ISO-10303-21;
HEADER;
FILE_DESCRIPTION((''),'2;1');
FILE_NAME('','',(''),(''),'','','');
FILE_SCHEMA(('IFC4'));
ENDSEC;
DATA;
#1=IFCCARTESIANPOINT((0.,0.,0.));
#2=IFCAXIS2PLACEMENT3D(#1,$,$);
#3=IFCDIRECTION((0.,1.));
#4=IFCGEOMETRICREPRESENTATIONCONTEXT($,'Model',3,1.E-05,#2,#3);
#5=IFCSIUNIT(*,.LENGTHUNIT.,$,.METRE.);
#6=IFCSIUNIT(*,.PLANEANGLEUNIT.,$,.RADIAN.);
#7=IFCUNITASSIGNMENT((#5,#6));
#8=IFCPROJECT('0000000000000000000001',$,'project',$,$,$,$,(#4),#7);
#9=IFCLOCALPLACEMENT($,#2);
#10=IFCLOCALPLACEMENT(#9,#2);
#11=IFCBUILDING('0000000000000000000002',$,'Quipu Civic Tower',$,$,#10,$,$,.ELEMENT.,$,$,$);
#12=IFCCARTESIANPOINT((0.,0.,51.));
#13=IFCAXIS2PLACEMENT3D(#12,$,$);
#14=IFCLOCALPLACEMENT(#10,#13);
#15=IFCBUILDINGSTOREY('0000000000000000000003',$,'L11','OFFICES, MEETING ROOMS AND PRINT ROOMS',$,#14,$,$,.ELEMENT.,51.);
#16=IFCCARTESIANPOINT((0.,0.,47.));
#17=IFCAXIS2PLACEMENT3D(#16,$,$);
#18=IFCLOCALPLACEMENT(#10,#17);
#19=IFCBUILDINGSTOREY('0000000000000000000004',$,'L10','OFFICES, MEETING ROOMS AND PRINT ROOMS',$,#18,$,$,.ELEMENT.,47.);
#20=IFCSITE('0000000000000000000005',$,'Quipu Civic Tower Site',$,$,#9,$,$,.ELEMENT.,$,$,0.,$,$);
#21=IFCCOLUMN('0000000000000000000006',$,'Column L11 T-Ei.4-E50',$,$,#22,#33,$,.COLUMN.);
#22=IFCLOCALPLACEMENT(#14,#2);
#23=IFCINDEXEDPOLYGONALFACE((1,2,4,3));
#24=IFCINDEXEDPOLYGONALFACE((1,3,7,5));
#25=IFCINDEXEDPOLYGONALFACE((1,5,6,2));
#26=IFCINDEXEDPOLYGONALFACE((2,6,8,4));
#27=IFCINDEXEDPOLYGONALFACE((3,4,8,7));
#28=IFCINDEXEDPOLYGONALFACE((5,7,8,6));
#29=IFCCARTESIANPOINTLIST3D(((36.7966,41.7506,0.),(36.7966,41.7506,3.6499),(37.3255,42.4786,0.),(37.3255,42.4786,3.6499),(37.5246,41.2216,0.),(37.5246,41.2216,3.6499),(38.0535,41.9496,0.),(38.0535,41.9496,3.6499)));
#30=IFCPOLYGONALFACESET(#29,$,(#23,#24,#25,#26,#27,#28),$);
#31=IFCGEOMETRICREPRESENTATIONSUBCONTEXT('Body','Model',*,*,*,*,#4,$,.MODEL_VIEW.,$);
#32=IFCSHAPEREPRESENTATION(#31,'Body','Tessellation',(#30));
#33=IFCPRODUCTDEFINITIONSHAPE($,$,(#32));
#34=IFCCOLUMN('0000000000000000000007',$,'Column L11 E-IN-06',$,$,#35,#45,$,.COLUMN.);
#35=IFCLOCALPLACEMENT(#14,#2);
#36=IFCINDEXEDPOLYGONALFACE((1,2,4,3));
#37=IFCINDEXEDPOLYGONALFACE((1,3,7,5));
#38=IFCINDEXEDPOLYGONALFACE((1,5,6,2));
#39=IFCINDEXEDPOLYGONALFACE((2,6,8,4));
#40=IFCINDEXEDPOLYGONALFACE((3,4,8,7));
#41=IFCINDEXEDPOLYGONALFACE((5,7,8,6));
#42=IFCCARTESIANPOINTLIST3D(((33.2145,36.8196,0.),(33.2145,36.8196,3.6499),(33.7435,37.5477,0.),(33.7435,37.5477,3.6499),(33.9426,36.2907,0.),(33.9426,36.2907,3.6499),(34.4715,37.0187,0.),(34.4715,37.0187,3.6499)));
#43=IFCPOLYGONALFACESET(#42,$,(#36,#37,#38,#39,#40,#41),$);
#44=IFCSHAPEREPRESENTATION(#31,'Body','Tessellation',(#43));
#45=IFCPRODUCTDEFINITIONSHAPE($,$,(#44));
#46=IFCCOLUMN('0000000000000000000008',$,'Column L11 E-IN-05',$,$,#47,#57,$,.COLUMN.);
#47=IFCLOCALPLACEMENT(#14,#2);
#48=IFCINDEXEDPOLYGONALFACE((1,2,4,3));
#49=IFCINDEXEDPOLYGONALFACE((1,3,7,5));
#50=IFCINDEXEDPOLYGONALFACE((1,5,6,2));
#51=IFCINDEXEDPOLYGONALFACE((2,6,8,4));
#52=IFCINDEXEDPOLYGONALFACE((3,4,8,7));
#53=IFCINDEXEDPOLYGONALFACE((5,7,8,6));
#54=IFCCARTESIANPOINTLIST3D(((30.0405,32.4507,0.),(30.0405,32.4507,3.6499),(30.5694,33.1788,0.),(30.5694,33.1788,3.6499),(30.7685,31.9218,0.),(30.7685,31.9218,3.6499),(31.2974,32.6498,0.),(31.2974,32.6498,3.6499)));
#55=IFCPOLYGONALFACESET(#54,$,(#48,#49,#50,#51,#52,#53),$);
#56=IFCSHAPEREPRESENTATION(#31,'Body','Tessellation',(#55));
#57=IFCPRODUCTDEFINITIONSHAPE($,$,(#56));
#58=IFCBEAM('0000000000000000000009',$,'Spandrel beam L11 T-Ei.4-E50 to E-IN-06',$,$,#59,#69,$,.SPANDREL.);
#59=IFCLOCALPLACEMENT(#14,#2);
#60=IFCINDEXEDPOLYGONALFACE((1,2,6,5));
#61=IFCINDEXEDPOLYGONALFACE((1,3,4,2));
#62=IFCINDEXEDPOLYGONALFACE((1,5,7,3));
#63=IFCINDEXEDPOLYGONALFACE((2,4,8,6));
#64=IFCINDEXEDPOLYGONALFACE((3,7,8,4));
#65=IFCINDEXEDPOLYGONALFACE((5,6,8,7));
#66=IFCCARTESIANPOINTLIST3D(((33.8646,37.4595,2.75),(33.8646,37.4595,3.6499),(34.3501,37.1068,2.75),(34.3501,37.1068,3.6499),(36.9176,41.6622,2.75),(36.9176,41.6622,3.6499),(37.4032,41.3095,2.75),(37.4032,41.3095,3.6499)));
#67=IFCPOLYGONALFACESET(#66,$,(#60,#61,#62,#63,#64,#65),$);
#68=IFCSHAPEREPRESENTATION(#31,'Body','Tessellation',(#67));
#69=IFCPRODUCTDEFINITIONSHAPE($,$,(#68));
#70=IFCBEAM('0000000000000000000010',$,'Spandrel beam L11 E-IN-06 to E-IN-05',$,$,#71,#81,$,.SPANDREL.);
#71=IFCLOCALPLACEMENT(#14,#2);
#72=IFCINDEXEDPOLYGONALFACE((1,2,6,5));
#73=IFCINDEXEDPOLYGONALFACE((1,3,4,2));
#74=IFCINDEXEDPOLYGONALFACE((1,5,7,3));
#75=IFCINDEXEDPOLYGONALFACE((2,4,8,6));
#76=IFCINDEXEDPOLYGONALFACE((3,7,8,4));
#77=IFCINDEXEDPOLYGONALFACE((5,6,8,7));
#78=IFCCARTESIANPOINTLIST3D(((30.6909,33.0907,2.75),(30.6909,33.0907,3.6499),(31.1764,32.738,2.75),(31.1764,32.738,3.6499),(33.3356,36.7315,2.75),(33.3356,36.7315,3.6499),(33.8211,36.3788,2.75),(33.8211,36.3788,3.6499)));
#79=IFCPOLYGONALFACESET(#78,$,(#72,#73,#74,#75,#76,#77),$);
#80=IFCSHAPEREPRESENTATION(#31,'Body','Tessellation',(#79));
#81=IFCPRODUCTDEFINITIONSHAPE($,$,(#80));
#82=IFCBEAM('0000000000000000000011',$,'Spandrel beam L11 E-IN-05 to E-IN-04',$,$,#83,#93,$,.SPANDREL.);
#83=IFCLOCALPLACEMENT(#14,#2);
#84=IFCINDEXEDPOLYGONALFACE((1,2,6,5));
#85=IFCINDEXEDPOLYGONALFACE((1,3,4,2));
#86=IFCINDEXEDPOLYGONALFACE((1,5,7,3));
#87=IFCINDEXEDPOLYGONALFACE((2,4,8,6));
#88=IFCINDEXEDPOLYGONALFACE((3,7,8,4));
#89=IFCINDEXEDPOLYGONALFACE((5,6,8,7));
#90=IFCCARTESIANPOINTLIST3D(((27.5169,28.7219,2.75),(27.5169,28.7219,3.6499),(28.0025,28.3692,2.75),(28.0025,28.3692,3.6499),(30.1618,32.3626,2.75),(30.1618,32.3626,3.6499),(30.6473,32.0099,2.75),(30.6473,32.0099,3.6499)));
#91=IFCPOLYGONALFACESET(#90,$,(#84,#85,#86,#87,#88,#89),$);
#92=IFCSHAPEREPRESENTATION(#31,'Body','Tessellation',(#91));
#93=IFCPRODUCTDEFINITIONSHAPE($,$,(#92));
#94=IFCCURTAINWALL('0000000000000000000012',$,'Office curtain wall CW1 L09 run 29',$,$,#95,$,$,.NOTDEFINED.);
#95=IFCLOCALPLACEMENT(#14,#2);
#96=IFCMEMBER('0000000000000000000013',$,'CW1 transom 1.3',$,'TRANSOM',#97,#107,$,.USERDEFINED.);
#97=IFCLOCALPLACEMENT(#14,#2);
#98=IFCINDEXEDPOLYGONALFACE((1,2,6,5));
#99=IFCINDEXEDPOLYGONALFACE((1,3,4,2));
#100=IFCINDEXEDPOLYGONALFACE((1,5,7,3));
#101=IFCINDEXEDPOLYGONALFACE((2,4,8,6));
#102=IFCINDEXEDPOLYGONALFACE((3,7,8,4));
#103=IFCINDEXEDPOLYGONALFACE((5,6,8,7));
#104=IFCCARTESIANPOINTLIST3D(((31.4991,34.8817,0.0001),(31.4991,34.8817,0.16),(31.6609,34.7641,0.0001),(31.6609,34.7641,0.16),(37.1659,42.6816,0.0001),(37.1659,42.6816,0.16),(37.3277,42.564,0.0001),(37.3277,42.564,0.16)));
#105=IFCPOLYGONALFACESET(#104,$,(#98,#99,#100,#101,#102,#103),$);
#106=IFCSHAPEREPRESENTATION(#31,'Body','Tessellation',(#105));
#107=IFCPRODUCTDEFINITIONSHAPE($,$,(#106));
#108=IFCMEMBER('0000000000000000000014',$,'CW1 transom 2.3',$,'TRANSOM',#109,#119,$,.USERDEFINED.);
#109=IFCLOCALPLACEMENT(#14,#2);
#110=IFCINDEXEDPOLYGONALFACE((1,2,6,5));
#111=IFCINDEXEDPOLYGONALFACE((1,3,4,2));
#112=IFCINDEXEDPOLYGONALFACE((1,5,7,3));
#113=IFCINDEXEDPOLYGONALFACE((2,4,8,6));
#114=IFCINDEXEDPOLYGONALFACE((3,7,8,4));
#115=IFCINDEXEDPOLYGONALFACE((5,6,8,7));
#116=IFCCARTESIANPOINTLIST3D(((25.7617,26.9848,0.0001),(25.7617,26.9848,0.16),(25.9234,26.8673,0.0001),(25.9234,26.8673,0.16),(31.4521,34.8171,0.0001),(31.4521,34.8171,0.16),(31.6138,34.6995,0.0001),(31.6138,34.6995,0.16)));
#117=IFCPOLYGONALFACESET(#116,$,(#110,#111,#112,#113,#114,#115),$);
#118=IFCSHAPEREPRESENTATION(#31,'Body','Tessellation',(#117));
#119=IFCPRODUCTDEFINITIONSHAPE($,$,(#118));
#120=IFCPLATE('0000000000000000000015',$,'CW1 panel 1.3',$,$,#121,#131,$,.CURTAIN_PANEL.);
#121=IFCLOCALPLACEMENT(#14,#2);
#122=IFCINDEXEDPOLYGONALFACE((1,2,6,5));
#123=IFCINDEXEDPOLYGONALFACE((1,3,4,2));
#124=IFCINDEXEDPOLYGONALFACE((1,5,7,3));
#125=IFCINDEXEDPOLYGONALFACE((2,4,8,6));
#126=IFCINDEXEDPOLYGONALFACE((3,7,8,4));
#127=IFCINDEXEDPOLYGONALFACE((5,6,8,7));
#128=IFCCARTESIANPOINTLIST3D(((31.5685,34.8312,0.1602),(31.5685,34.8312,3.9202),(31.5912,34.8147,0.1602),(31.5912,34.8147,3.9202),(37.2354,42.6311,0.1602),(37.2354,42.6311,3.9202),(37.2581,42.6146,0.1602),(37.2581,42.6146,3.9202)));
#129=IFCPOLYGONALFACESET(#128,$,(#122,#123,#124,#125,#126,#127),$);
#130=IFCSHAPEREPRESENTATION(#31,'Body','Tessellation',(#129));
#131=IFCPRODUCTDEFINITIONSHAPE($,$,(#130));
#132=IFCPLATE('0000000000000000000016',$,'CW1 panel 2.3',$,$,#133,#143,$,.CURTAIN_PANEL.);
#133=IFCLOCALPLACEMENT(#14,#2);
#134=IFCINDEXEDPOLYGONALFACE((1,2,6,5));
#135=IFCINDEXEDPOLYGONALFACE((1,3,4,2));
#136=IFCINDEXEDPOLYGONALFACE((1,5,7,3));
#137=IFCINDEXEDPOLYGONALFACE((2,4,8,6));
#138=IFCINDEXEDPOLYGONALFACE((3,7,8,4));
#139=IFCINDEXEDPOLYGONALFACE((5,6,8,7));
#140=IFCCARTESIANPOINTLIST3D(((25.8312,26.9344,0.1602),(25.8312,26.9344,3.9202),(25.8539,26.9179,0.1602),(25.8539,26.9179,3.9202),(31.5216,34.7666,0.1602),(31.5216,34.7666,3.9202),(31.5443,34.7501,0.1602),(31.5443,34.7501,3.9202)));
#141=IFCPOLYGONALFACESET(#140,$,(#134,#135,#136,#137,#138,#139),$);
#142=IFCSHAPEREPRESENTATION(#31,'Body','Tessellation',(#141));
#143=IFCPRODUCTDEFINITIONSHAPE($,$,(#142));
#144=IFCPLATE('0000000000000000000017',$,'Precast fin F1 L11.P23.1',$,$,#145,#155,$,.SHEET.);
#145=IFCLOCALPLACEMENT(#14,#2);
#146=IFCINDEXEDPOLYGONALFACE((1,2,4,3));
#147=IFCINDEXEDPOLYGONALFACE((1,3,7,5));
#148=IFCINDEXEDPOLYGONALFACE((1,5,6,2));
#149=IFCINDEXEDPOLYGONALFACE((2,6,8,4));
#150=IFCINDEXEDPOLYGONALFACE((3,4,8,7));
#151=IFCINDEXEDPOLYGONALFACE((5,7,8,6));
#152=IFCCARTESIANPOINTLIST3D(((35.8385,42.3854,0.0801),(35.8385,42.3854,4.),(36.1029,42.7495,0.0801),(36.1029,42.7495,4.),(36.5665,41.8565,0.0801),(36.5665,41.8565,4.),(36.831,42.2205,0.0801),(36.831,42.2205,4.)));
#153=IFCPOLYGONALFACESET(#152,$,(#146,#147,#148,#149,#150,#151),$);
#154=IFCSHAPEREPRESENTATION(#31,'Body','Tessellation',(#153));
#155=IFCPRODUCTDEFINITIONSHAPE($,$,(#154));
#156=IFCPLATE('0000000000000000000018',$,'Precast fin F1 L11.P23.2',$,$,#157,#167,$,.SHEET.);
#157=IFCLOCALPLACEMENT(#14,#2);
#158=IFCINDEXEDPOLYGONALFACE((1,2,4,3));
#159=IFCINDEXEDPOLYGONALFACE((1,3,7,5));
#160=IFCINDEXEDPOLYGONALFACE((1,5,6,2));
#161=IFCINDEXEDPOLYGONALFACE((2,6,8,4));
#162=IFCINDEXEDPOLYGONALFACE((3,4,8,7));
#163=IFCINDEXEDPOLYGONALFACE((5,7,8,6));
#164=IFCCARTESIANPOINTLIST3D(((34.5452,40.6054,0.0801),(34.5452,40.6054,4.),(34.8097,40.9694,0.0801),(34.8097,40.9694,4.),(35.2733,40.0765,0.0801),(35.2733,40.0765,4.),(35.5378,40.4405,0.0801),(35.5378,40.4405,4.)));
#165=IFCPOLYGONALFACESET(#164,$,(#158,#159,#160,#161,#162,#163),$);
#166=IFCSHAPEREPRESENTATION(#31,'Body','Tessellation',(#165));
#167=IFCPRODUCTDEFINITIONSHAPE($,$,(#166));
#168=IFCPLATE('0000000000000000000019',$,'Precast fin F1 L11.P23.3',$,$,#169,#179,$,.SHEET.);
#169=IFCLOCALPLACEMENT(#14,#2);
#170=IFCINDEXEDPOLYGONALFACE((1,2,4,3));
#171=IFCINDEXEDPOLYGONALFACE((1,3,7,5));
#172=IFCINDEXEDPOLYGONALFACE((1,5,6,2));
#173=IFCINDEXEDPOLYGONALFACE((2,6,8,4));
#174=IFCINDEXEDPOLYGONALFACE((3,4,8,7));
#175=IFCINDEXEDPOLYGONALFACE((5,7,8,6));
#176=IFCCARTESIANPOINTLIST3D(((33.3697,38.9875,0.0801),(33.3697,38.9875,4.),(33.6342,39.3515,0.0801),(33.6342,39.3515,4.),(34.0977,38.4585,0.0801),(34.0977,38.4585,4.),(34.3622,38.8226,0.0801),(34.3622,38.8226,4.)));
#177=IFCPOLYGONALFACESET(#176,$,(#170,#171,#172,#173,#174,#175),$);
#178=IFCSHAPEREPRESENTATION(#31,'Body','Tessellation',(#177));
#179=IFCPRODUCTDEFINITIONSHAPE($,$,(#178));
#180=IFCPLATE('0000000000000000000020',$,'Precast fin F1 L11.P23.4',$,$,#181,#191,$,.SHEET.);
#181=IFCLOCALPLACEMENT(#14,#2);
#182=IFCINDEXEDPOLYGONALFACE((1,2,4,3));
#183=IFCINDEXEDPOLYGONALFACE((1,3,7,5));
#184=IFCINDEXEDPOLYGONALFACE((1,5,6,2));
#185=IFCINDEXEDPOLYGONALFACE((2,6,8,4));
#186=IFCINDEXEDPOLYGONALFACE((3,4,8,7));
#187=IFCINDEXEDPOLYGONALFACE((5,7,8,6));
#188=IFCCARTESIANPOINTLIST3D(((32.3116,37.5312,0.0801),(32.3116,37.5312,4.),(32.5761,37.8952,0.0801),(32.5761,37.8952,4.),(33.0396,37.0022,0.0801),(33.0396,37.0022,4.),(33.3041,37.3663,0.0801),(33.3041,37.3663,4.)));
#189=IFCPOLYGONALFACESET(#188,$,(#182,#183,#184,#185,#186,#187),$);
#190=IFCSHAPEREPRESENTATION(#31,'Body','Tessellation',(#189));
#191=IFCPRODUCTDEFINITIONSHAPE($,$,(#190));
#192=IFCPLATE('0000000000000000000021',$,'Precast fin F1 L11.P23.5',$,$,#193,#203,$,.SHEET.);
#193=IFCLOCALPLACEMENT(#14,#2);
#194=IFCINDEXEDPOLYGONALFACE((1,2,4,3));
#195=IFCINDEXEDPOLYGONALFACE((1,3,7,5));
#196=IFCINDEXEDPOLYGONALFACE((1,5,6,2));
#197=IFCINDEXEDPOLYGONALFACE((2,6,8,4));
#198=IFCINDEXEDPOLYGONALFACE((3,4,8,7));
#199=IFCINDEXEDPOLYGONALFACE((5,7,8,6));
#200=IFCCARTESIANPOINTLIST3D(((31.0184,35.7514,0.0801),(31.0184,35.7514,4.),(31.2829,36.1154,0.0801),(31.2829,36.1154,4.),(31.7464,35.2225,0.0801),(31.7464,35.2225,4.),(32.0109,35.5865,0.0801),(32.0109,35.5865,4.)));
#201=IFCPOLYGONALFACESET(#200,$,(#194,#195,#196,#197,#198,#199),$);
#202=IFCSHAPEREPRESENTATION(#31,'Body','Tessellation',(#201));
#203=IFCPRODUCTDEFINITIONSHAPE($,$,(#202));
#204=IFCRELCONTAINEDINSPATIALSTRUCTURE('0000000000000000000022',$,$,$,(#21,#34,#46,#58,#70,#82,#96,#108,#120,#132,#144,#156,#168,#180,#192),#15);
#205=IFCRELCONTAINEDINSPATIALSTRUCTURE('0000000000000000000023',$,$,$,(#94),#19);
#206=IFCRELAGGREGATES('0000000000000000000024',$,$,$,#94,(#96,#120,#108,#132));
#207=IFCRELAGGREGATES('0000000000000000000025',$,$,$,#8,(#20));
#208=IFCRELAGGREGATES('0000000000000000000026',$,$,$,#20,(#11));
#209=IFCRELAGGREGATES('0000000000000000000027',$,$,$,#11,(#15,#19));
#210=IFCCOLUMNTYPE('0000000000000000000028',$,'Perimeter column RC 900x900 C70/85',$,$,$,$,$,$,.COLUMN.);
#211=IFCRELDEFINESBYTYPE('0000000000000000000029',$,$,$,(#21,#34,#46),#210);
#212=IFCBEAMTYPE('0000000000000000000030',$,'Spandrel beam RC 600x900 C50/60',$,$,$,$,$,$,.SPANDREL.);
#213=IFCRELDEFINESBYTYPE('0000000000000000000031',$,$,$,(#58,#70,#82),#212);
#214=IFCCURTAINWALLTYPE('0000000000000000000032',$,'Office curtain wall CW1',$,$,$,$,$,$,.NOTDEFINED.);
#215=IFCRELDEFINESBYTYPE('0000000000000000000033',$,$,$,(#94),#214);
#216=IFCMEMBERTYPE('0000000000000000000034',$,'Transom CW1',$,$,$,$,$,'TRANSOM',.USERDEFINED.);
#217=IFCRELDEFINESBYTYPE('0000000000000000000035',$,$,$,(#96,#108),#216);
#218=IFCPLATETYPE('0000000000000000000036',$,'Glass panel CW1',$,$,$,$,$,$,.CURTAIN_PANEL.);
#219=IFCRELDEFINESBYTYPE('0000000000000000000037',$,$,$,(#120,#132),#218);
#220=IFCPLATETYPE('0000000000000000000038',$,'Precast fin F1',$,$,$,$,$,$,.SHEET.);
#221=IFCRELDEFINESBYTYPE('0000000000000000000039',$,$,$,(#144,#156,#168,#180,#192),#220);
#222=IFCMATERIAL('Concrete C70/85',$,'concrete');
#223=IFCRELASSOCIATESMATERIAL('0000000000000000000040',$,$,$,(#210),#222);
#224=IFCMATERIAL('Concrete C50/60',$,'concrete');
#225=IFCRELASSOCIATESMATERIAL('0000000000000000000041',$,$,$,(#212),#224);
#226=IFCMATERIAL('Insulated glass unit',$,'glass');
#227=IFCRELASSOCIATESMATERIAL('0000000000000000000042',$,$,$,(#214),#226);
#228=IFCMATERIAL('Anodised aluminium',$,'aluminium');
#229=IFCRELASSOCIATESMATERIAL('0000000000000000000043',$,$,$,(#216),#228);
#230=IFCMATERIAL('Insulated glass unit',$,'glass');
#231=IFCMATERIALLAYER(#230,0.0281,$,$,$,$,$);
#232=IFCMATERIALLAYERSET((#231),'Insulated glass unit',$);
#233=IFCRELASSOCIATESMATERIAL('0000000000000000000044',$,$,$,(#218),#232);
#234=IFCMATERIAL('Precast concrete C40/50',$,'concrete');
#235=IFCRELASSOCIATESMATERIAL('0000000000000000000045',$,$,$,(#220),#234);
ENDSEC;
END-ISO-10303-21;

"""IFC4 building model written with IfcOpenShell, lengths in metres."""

from ifc_helpers import new_model, si_unit, direction, frame, origin, origin_2d, place, context, subcontext, project, spatial, rectangle, extrude, material, layer, layer_set, material_profile, profile_set, type_object, element, aggregate, save


model = new_model("IFC4")

# Units and contexts
model_context = context("Model", 3, precision=1e-05, world=origin(), true_north=direction((0.0, 1.0)))
body_context = subcontext(model_context, "Body", "Model", "MODEL_VIEW")
ifc_project = project(units=[si_unit("LENGTHUNIT", "METRE"), si_unit("PLANEANGLEUNIT", "RADIAN")], contexts=[model_context])

# Site, building, storey
site_placement = place(None, origin())
site = spatial("IfcSite", under=ifc_project, at=site_placement, Name="Quipu Civic Tower Site", CompositionType="ELEMENT", RefElevation=0.0)
building_placement = place(site_placement, origin())
building = spatial("IfcBuilding", under=site, at=building_placement, Name="Quipu Civic Tower", CompositionType="ELEMENT")
storey_1_placement = place(building_placement, frame((0.0, 0.0, 51.0)))
storey_1 = spatial("IfcBuildingStorey", under=building, at=storey_1_placement, Name="L11", Description="OFFICES, MEETING ROOMS AND PRINT ROOMS", CompositionType="ELEMENT", Elevation=51.0)

# Columns
ifc_material_1 = material(Name="Concrete C70/85", Category="concrete")
ifc_material_profile_1 = material_profile(ifc_material_1, rectangle(XDim=0.8999, YDim=0.8999, at=origin_2d()), Name="RC900x900")
ifc_profile_set_1 = profile_set([ifc_material_profile_1], Name="Concrete C70/85")
column_type = type_object("IfcColumnType", Name="Perimeter column RC 900x900 C70/85", PredefinedType="COLUMN", material=ifc_profile_set_1)
for number, where, z_axis, x_axis, name in (
    (1, (37.425, 41.8501, 0.0), (0.0, 0.0, 1.0), (-0.587785, -0.809017, 0.0), "Column L11 T-Ei.4-E50"),
    (2, (33.843, 36.9192, 0.0), (0.0, 0.0, 1.0), (-0.587785, -0.809017, 0.0), "Column L11 E-IN-06"),
    (3, (30.6689, 32.5503, 0.0), (0.0, 0.0, 1.0), (-0.587785, -0.809017, 0.0), "Column L11 E-IN-05"),
):
    element("IfcColumn", number, at=place(storey_1_placement, frame(where, z_axis=z_axis, x_axis=x_axis)), inside=storey_1, type_object=column_type, Name=name, PredefinedType="COLUMN", context=body_context, shape_type="SweptSolid", body=[
        extrude(rectangle(XDim=0.8999, YDim=0.8999, at=origin_2d()), origin(), (0.0, 0.0, 1.0), 3.6499),
    ])

# Beams
ifc_material_2 = material(Name="Concrete C50/60", Category="concrete")
ifc_material_profile_2 = material_profile(ifc_material_2, rectangle(XDim=0.6001, YDim=0.8999, at=origin_2d()), Name="RC600x900")
ifc_profile_set_2 = profile_set([ifc_material_profile_2], Name="Concrete C50/60")
beam_type = type_object("IfcBeamType", Name="Spandrel beam RC 600x900 C50/60", PredefinedType="SPANDREL", material=ifc_profile_set_2)
beam_placement = place(storey_1_placement, frame((37.1604, 41.4858, 3.2), z_axis=(-0.587733, -0.809055, 0.0), x_axis=(0.809055, -0.587733, 0.0)))
element("IfcBeam", 4, at=beam_placement, inside=storey_1, type_object=beam_type, Name="Spandrel beam L11 T-Ei.4-E50 to E-IN-06", PredefinedType="SPANDREL", context=body_context, shape_type="SweptSolid", body=[
    extrude(rectangle(XDim=0.6001, YDim=0.8999, at=origin_2d()), origin(), (0.0, 0.0, 1.0), 5.1946),
])
for number, where, z_axis, x_axis, name in (
    (5, (33.5784, 36.5552, 3.2), (-0.587717, -0.809067, 0.0), (0.809067, -0.587717, 0.0), "Spandrel beam L11 E-IN-06 to E-IN-05"),
    (6, (30.4045, 32.1863, 3.2), (-0.587743, -0.809048, 0.0), (0.809048, -0.587743, 0.0), "Spandrel beam L11 E-IN-05 to E-IN-04"),
):
    element("IfcBeam", number, at=place(storey_1_placement, frame(where, z_axis=z_axis, x_axis=x_axis)), inside=storey_1, type_object=beam_type, Name=name, PredefinedType="SPANDREL", context=body_context, shape_type="SweptSolid", body=[
        extrude(rectangle(XDim=0.6001, YDim=0.8999, at=origin_2d()), origin(), (0.0, 0.0, 1.0), 4.5),
    ])

# Shared definitions
storey_2_placement = place(building_placement, frame((0.0, 0.0, 47.0)))
storey_2 = spatial("IfcBuildingStorey", under=building, at=storey_2_placement, Name="L10", Description="OFFICES, MEETING ROOMS AND PRINT ROOMS", CompositionType="ELEMENT", Elevation=47.0)

# Curtain wall, members, plates
ifc_material_3 = material(Name="Insulated glass unit", Category="glass")
curtain_wall_type = type_object("IfcCurtainWallType", Name="Office curtain wall CW1", PredefinedType="NOTDEFINED", material=ifc_material_3)
curtain_wall_placement = place(storey_2_placement, origin())
curtain_wall = element("IfcCurtainWall", 7, at=curtain_wall_placement, inside=storey_2, type_object=curtain_wall_type, Name="Office curtain wall CW1 L09 run 29", PredefinedType="NOTDEFINED")
ifc_material_4 = material(Name="Anodised aluminium", Category="aluminium")
ifc_material_profile_3 = material_profile(ifc_material_4, rectangle(XDim=0.2, YDim=0.1599, at=origin_2d()), Name="RECT 200x160")
ifc_profile_set_3 = profile_set([ifc_material_profile_3], Name="Anodised aluminium")
member_type = type_object("IfcMemberType", Name="Transom CW1", ElementType="TRANSOM", PredefinedType="USERDEFINED", material=ifc_profile_set_3)
member_1_placement = place(storey_1_placement, frame((37.2468, 42.6228, 0.0801), z_axis=(-0.587776, -0.809024, 0.0), x_axis=(0.809024, -0.587776, 0.0)))
member_1 = element("IfcMember", 8, at=member_1_placement, inside=storey_1, type_object=member_type, Name="CW1 transom 1.3", ObjectType="TRANSOM", PredefinedType="USERDEFINED", context=body_context, shape_type="SweptSolid", body=[
    extrude(rectangle(XDim=0.2, YDim=0.1599, at=origin_2d()), origin(), (0.0, 0.0, 1.0), 9.6411),
])
member_2_placement = place(storey_1_placement, frame((31.533, 34.7583, 0.0801), z_axis=(-0.587782, -0.80902, 0.0), x_axis=(0.80902, -0.587782, 0.0)))
member_2 = element("IfcMember", 9, at=member_2_placement, inside=storey_1, type_object=member_type, Name="CW1 transom 2.3", ObjectType="TRANSOM", PredefinedType="USERDEFINED", context=body_context, shape_type="SweptSolid", body=[
    extrude(rectangle(XDim=0.2, YDim=0.1599, at=origin_2d()), origin(), (0.0, 0.0, 1.0), 9.6812),
])
ifc_material_5 = material(Name="Insulated glass unit", Category="glass")
ifc_layer_1 = layer(ifc_material_5, 0.0281)
ifc_layer_set_1 = layer_set([ifc_layer_1], Name="Insulated glass unit")
plate_type_1 = type_object("IfcPlateType", Name="Glass panel CW1", PredefinedType="CURTAIN_PANEL", material=ifc_layer_set_1)
plate_1_placement = place(storey_1_placement, frame((34.4133, 38.7229, 0.1602), z_axis=(0.0, 0.0, 1.0), x_axis=(-0.587786, -0.809017, 0.0)))
plate_1 = element("IfcPlate", 10, at=plate_1_placement, inside=storey_1, type_object=plate_type_1, Name="CW1 panel 1.3", PredefinedType="CURTAIN_PANEL", context=body_context, shape_type="SweptSolid", body=[
    extrude(rectangle(XDim=9.6411, YDim=0.0281, at=origin_2d()), origin(), (0.0, 0.0, 1.0), 3.76),
])
plate_2_placement = place(storey_1_placement, frame((28.6877, 30.8423, 0.1602), z_axis=(0.0, 0.0, 1.0), x_axis=(-0.587786, -0.809017, 0.0)))
plate_2 = element("IfcPlate", 11, at=plate_2_placement, inside=storey_1, type_object=plate_type_1, Name="CW1 panel 2.3", PredefinedType="CURTAIN_PANEL", context=body_context, shape_type="SweptSolid", body=[
    extrude(rectangle(XDim=9.6812, YDim=0.0281, at=origin_2d()), origin(), (0.0, 0.0, 1.0), 3.76),
])
aggregate(curtain_wall, [member_1, plate_1, member_2, plate_2])

# Plates
ifc_material_6 = material(Name="Precast concrete C40/50", Category="concrete")
plate_type_2 = type_object("IfcPlateType", Name="Precast fin F1", PredefinedType="SHEET", material=ifc_material_6)
for number, where, z_axis, x_axis, name in (
    (12, (36.3347, 42.303, 0.0801), (0.0, 0.0, 1.0), (-0.587785, -0.809017, 0.0), "Precast fin F1 L11.P23.1"),
    (13, (35.0415, 40.5229, 0.0801), (0.0, 0.0, 1.0), (-0.587785, -0.809017, 0.0), "Precast fin F1 L11.P23.2"),
    (14, (33.866, 38.905, 0.0801), (0.0, 0.0, 1.0), (-0.587785, -0.809017, 0.0), "Precast fin F1 L11.P23.3"),
    (15, (32.8079, 37.4487, 0.0801), (0.0, 0.0, 1.0), (-0.587785, -0.809017, 0.0), "Precast fin F1 L11.P23.4"),
    (16, (31.5146, 35.6689, 0.0801), (0.0, 0.0, 1.0), (-0.587785, -0.809017, 0.0), "Precast fin F1 L11.P23.5"),
):
    element("IfcPlate", number, at=place(storey_1_placement, frame(where, z_axis=z_axis, x_axis=x_axis)), inside=storey_1, type_object=plate_type_2, Name=name, PredefinedType="SHEET", context=body_context, shape_type="SweptSolid", body=[
        extrude(rectangle(XDim=0.45, YDim=0.8999, at=origin_2d()), origin(), (0.0, 0.0, 1.0), 3.9199),
    ])

save(model, "model.ifc")
